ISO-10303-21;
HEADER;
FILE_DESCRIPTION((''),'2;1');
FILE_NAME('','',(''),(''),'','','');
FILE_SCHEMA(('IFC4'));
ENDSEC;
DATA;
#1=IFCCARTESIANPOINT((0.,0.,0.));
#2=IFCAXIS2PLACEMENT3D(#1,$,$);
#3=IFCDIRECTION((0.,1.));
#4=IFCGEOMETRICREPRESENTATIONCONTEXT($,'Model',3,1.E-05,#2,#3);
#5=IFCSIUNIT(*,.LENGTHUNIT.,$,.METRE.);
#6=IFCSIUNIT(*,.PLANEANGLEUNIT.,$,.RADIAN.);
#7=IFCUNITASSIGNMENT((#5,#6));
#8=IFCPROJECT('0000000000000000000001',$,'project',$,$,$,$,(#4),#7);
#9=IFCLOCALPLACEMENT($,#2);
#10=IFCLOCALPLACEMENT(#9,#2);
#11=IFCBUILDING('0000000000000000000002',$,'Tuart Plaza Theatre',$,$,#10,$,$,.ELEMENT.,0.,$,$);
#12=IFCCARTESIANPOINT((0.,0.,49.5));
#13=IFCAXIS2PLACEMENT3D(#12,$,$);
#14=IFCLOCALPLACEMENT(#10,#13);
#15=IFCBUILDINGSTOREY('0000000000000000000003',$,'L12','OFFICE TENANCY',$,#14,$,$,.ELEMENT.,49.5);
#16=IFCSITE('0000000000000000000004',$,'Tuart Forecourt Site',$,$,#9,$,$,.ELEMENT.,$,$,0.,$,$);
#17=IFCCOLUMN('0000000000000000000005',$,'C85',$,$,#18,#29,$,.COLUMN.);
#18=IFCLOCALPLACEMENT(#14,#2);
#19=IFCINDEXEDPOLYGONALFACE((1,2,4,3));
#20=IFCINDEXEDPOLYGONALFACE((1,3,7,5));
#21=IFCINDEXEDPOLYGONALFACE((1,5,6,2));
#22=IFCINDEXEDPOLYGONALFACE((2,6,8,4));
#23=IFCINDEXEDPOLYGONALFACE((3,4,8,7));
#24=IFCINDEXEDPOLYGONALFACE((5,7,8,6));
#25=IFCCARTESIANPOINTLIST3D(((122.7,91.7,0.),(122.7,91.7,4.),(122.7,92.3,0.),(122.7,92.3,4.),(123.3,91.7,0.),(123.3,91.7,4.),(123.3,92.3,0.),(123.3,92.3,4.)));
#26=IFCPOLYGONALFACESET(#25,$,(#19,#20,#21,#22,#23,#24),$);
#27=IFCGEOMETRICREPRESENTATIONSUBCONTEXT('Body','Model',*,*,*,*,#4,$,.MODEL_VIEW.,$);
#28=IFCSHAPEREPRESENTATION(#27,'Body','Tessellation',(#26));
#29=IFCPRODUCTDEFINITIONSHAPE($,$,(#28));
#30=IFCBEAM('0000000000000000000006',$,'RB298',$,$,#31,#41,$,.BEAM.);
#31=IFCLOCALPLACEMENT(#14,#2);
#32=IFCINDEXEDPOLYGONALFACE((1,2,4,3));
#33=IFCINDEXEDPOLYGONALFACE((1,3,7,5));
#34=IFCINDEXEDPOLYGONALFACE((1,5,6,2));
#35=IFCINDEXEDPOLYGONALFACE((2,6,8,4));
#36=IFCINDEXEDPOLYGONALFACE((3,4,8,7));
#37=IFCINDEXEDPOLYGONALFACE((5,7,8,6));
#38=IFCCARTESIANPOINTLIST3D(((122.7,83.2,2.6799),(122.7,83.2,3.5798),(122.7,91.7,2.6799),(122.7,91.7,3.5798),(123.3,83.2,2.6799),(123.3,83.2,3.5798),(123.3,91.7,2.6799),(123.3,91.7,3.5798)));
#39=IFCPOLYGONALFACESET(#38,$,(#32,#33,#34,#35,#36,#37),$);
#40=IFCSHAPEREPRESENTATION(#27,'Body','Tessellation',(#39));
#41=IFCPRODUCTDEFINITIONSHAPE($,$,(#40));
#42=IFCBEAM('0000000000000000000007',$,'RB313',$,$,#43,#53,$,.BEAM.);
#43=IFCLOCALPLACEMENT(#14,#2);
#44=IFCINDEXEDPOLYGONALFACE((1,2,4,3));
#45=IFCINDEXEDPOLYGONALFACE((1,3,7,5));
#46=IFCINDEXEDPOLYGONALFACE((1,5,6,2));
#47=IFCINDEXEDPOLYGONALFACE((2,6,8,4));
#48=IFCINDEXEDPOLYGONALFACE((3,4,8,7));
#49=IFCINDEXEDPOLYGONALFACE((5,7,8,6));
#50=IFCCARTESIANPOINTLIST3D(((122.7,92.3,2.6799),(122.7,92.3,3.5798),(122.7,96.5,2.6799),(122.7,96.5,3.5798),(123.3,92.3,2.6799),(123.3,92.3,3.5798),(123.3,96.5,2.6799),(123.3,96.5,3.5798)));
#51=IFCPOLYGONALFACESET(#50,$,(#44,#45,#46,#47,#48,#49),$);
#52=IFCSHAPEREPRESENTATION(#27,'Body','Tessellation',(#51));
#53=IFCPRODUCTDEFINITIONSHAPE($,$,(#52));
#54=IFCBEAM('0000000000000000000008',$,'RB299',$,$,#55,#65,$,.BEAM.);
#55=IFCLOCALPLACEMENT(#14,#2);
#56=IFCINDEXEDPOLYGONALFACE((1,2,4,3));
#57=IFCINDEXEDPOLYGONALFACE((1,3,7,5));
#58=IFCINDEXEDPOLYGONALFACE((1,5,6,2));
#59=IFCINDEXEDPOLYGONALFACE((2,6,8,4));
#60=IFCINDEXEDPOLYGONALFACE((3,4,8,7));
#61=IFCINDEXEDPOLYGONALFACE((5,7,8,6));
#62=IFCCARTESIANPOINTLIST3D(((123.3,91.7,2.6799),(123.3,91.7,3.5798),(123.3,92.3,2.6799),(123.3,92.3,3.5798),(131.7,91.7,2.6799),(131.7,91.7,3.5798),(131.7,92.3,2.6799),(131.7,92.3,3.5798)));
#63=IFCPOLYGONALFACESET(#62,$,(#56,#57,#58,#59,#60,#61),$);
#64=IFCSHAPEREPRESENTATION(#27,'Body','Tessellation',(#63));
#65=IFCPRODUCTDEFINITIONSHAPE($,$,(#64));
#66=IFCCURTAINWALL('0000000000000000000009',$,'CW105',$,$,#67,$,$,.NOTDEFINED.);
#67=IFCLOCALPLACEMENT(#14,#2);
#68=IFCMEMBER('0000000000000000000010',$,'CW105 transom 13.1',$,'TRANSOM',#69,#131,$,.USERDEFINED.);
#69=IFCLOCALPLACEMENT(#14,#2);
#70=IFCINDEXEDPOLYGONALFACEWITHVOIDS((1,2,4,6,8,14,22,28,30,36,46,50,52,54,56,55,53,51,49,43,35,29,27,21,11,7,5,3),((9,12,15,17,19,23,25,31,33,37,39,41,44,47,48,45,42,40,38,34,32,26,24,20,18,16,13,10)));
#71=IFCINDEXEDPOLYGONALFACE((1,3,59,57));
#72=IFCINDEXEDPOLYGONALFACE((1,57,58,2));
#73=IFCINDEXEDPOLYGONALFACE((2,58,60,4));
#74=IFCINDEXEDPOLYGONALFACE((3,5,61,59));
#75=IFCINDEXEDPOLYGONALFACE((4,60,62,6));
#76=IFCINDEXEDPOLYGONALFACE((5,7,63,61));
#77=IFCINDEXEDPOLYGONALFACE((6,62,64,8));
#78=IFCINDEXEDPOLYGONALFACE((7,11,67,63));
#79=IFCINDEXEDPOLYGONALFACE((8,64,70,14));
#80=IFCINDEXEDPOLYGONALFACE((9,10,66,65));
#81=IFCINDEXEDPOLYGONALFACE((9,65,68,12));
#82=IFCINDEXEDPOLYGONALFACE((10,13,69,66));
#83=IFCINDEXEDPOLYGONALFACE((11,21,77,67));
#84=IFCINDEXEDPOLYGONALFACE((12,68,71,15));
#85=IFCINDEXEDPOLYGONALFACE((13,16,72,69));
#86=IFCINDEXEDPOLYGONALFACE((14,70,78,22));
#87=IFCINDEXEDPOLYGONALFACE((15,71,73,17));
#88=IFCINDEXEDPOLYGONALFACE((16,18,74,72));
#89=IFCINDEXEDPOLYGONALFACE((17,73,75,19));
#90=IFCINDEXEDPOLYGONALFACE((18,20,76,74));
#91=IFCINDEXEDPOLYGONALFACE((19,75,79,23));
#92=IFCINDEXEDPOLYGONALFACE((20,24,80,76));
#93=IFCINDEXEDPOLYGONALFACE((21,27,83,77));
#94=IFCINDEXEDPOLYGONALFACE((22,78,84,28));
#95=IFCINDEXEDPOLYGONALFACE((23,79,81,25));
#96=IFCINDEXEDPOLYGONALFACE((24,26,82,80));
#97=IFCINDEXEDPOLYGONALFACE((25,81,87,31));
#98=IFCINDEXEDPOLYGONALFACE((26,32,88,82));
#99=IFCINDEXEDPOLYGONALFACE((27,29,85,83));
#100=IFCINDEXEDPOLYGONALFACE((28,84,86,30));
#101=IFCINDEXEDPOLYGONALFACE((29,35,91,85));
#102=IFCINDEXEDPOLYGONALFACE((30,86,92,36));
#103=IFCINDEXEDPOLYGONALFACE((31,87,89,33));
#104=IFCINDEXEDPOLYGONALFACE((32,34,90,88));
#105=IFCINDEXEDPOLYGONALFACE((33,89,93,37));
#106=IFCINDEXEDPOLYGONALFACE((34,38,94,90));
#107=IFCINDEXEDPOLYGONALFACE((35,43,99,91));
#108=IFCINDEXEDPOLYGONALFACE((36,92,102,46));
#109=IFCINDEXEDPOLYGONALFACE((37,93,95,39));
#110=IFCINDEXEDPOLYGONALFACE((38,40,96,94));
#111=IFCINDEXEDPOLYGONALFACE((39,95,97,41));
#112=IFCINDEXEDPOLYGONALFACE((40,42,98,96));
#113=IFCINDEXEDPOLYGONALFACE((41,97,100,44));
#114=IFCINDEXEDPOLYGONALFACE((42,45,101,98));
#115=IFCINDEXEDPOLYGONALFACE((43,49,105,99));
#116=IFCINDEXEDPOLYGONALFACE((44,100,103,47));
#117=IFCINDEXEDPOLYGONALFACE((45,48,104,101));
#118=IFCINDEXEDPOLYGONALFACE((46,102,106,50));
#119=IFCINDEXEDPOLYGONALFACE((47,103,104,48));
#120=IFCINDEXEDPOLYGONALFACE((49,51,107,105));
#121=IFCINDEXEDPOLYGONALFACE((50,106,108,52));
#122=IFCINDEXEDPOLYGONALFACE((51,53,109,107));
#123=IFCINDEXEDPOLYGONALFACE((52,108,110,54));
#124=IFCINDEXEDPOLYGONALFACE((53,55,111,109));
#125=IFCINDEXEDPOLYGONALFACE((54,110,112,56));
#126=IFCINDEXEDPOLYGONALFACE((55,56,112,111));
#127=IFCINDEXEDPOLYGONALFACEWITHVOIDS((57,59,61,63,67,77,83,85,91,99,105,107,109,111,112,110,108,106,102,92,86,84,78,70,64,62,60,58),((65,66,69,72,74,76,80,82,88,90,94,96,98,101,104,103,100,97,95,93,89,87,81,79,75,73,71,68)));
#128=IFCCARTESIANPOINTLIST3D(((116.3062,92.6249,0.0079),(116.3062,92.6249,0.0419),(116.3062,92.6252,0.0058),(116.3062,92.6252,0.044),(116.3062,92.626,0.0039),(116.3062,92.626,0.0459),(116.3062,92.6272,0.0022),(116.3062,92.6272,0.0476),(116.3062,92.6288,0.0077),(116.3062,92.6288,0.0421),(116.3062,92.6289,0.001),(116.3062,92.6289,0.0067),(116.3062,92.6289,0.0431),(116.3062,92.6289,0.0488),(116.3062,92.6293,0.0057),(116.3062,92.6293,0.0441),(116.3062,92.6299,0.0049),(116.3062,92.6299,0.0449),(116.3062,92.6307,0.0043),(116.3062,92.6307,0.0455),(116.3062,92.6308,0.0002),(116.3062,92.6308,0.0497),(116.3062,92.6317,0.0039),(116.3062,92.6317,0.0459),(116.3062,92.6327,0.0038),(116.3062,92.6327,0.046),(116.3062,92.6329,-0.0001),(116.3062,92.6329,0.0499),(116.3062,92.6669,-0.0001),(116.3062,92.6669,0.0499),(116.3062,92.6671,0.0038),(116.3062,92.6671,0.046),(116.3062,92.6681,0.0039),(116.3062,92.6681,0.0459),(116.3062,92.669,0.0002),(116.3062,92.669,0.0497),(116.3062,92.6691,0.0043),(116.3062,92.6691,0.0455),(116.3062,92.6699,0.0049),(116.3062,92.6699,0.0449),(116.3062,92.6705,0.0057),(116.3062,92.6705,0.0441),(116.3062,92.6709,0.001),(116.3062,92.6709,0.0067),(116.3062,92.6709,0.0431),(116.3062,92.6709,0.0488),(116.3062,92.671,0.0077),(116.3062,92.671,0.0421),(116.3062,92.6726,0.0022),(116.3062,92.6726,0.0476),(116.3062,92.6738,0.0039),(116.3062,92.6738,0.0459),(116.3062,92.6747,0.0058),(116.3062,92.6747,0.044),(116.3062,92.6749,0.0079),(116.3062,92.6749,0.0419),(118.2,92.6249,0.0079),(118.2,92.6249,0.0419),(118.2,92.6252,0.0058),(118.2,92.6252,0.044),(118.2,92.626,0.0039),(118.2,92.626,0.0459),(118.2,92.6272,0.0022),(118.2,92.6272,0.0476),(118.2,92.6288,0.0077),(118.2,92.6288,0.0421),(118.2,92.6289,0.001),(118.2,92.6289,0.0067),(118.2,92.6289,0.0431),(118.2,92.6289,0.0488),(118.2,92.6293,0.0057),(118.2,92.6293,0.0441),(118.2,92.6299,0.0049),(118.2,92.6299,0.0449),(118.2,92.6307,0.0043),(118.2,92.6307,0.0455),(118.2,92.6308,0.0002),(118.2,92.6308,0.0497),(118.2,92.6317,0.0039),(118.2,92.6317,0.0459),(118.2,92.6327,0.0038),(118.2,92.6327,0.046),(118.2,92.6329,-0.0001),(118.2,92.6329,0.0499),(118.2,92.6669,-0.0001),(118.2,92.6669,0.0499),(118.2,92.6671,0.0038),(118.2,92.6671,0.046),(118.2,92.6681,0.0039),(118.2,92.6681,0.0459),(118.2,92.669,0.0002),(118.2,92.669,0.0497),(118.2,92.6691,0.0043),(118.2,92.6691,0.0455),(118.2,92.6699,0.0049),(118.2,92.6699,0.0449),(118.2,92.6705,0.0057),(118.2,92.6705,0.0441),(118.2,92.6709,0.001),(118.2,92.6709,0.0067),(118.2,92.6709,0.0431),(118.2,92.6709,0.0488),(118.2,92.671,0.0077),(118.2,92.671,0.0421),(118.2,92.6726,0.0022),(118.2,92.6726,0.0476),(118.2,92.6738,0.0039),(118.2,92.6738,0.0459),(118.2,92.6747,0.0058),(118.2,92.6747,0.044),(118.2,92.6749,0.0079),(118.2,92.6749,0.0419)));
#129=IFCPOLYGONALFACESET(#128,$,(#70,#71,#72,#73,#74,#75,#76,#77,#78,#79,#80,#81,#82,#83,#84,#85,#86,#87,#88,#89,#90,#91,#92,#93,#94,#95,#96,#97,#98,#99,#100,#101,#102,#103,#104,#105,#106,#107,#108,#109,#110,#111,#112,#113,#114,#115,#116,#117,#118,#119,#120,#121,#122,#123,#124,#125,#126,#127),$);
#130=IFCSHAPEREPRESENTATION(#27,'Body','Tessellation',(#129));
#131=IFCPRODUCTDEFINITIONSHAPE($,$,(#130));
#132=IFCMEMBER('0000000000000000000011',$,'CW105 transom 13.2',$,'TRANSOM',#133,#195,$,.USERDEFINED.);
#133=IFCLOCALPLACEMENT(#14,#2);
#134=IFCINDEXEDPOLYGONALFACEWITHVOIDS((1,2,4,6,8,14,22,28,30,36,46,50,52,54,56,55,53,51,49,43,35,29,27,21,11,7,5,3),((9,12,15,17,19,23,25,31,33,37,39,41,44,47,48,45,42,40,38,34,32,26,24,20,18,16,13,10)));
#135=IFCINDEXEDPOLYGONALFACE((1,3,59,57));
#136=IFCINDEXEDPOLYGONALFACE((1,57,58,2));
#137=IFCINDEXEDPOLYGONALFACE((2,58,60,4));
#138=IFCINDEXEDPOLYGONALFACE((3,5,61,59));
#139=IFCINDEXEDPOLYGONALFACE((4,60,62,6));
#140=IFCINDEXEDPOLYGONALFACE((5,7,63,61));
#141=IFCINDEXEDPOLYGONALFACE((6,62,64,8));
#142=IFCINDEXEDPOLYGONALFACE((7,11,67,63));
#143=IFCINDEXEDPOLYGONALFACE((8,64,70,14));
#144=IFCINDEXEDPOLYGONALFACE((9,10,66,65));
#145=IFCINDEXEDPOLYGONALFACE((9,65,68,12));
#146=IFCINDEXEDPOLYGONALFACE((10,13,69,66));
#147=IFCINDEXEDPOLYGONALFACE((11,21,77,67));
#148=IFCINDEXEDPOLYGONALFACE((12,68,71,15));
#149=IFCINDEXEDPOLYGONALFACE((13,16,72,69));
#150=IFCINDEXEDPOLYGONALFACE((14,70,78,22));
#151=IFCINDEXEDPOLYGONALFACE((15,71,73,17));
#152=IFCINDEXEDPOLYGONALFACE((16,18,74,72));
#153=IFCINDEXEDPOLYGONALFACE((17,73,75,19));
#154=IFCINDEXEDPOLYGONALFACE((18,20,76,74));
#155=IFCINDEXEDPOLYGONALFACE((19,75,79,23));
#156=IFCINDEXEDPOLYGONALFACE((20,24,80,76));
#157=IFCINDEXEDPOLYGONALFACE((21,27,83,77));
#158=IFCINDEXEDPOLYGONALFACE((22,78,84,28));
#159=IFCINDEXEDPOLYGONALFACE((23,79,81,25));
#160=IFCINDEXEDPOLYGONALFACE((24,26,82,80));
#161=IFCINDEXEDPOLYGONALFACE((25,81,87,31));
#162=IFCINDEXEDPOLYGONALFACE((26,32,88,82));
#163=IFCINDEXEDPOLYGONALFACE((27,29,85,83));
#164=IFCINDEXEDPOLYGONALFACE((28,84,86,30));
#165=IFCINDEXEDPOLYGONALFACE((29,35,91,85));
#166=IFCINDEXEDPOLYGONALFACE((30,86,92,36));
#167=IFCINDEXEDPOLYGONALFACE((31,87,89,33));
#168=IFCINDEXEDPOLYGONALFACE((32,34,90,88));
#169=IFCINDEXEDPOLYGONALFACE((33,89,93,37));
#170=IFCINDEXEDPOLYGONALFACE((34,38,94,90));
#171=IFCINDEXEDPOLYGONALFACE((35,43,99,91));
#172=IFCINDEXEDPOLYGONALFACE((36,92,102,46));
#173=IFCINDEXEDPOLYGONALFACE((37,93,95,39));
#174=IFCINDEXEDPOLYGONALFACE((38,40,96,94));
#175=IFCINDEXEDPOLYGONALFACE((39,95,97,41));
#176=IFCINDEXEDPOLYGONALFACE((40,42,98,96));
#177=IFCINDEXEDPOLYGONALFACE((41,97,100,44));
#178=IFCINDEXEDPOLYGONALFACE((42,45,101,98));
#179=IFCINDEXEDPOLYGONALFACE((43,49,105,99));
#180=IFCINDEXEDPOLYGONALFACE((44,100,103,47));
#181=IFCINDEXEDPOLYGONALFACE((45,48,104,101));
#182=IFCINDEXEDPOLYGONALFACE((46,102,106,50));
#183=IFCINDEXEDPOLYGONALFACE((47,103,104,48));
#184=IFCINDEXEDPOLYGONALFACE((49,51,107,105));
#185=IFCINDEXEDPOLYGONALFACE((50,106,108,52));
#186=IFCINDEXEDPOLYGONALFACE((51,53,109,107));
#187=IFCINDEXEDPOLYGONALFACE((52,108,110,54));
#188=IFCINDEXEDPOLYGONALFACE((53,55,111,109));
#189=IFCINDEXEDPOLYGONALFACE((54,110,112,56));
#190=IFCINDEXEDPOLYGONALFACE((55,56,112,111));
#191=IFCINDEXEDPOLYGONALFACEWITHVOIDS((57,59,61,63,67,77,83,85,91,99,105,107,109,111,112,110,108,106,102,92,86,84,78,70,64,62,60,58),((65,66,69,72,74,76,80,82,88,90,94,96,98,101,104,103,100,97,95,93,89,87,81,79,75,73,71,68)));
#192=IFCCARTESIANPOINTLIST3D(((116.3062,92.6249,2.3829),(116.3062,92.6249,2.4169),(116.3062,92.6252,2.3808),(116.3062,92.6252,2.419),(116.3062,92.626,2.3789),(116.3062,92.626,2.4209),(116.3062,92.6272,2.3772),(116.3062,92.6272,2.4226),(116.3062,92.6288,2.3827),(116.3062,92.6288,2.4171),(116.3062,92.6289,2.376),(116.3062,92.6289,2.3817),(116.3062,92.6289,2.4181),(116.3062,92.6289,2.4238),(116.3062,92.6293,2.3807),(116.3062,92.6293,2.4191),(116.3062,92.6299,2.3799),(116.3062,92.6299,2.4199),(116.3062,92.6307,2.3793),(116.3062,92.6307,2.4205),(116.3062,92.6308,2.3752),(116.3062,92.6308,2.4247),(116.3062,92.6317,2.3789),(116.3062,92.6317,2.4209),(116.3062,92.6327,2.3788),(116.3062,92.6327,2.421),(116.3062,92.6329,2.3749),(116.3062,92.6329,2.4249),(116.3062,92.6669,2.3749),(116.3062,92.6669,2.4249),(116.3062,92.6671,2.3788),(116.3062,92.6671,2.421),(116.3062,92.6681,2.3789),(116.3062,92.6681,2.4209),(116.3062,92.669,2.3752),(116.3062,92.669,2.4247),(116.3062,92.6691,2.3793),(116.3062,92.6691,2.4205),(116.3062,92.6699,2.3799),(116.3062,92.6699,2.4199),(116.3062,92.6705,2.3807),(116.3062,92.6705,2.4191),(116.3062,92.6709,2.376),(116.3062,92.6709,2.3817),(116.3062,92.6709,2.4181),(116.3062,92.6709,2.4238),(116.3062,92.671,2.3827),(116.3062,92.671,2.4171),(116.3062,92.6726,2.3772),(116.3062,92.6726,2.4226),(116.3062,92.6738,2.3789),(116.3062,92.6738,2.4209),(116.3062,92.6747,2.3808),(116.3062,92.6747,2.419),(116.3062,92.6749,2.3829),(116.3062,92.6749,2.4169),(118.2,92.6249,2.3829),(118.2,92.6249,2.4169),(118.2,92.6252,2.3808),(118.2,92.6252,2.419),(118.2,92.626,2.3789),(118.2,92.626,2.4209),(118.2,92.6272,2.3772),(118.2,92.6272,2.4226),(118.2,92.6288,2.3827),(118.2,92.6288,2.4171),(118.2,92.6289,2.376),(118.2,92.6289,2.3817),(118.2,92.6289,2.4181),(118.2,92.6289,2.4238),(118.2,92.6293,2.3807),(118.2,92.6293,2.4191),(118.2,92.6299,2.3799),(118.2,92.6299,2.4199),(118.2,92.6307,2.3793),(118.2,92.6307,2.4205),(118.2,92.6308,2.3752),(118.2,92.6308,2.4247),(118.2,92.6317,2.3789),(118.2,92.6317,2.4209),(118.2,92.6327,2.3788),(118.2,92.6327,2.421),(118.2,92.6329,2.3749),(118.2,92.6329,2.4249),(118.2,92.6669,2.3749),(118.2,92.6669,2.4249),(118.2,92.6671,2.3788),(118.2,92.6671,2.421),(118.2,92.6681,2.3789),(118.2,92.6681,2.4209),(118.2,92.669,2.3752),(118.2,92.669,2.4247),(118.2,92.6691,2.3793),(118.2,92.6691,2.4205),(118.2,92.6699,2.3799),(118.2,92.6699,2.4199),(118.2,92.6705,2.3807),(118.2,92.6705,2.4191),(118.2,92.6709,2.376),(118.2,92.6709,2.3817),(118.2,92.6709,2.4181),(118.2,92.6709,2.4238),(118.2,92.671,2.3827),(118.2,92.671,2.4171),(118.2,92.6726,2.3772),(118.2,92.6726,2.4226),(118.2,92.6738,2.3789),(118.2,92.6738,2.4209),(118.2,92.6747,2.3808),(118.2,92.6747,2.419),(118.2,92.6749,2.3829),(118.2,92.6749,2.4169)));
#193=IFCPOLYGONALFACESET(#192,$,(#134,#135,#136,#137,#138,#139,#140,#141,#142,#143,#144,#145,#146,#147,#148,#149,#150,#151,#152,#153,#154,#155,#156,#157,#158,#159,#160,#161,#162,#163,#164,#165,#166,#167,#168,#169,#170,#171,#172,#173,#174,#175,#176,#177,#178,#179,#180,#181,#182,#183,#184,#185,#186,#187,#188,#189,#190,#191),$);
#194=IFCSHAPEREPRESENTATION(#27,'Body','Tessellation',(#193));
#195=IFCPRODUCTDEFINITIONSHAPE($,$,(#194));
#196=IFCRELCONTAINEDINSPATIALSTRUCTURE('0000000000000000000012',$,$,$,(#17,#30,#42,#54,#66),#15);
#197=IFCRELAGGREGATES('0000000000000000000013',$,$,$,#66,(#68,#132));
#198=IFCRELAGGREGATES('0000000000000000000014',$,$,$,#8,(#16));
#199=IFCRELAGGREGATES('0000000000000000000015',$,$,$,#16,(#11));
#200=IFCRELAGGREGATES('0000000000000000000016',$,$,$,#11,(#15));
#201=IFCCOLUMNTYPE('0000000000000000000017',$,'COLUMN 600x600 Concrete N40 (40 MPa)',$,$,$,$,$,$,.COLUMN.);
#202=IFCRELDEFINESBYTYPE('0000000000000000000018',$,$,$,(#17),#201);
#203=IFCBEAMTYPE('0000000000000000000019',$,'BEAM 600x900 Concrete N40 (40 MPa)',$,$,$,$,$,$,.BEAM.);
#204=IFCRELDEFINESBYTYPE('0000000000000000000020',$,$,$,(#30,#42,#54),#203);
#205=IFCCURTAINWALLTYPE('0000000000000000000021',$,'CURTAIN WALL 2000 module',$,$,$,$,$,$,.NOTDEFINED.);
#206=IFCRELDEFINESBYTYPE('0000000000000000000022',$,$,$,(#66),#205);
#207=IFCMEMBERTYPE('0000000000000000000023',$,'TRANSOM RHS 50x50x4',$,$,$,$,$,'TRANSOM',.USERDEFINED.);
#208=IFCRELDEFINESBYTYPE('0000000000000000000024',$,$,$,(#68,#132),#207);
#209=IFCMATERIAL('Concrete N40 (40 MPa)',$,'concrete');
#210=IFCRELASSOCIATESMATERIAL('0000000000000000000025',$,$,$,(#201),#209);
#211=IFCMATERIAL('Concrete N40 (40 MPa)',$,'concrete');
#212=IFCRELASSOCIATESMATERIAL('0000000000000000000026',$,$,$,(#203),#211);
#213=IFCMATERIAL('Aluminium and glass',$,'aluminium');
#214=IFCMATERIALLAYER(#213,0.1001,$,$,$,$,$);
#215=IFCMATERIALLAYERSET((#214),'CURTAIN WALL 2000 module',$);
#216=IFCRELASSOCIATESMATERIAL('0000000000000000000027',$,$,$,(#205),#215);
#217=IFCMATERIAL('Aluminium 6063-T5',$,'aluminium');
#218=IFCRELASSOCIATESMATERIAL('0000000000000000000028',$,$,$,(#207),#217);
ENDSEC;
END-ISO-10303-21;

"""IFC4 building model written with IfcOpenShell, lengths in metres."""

from ifc_helpers import new_model, si_unit, direction, frame, origin, origin_2d, place, context, subcontext, project, spatial, rectangle, hollow_rectangle, extrude, material, layer, layer_set, material_profile, profile_set, type_object, element, aggregate, save


model = new_model("IFC4")

# Units and contexts
model_context = context("Model", 3, precision=1e-05, world=origin(), true_north=direction((0.0, 1.0)))
body_context = subcontext(model_context, "Body", "Model", "MODEL_VIEW")
ifc_project = project(units=[si_unit("LENGTHUNIT", "METRE"), si_unit("PLANEANGLEUNIT", "RADIAN")], contexts=[model_context])

# Site, building, storey
site_placement = place(None, origin())
site = spatial("IfcSite", under=ifc_project, at=site_placement, Name="Tuart Forecourt Site", CompositionType="ELEMENT", RefElevation=0.0)
building_placement = place(site_placement, origin())
building = spatial("IfcBuilding", under=site, at=building_placement, Name="Tuart Plaza Theatre", CompositionType="ELEMENT", ElevationOfRefHeight=0.0)
storey_placement = place(building_placement, frame((0.0, 0.0, 49.5)))
storey = spatial("IfcBuildingStorey", under=building, at=storey_placement, Name="L12", Description="OFFICE TENANCY", CompositionType="ELEMENT", Elevation=49.5)

# Column
ifc_material_1 = material(Name="Concrete N40 (40 MPa)", Category="concrete")
ifc_material_profile_1 = material_profile(ifc_material_1, rectangle(XDim=0.6001, YDim=0.6001, at=origin_2d()), Name="COLUMN 600x600 Concrete N40 (40 MPa)")
ifc_profile_set_1 = profile_set([ifc_material_profile_1], Name="Concrete N40 (40 MPa)")
column_type = type_object("IfcColumnType", Name="COLUMN 600x600 Concrete N40 (40 MPa)", PredefinedType="COLUMN", material=ifc_profile_set_1)
column_placement = place(storey_placement, frame((123.0, 92.0, 0.0), z_axis=(0.0, 0.0, 1.0), x_axis=(1.0, 0.0, 0.0)))
element("IfcColumn", 1, at=column_placement, inside=storey, type_object=column_type, Name="C85", PredefinedType="COLUMN", context=body_context, shape_type="SweptSolid", body=[
    extrude(rectangle(XDim=0.6001, YDim=0.6001, at=origin_2d()), origin(), (0.0, 0.0, 1.0), 4.0),
])

# Beams
ifc_material_2 = material(Name="Concrete N40 (40 MPa)", Category="concrete")
ifc_material_profile_2 = material_profile(ifc_material_2, rectangle(XDim=0.6001, YDim=0.8999, at=origin_2d()), Name="BEAM 600x900 Concrete N40 (40 MPa)")
ifc_profile_set_2 = profile_set([ifc_material_profile_2], Name="Concrete N40 (40 MPa)")
beam_type = type_object("IfcBeamType", Name="BEAM 600x900 Concrete N40 (40 MPa)", PredefinedType="BEAM", material=ifc_profile_set_2)
beam_1_placement = place(storey_placement, frame((123.0, 83.2, 3.1299), z_axis=(0.0, 1.0, 0.0), x_axis=(-1.0, 0.0, 0.0)))
element("IfcBeam", 2, at=beam_1_placement, inside=storey, type_object=beam_type, Name="RB298", PredefinedType="BEAM", context=body_context, shape_type="SweptSolid", body=[
    extrude(rectangle(XDim=0.6001, YDim=0.8999, at=origin_2d()), origin(), (0.0, 0.0, 1.0), 8.5),
])
beam_2_placement = place(storey_placement, frame((123.0, 92.3, 3.1299), z_axis=(0.0, 1.0, 0.0), x_axis=(-1.0, 0.0, 0.0)))
element("IfcBeam", 3, at=beam_2_placement, inside=storey, type_object=beam_type, Name="RB313", PredefinedType="BEAM", context=body_context, shape_type="SweptSolid", body=[
    extrude(rectangle(XDim=0.6001, YDim=0.8999, at=origin_2d()), origin(), (0.0, 0.0, 1.0), 4.2),
])
beam_3_placement = place(storey_placement, frame((123.3, 92.0, 3.1299), z_axis=(1.0, 0.0, 0.0), x_axis=(0.0, 1.0, 0.0)))
element("IfcBeam", 4, at=beam_3_placement, inside=storey, type_object=beam_type, Name="RB299", PredefinedType="BEAM", context=body_context, shape_type="SweptSolid", body=[
    extrude(rectangle(XDim=0.6001, YDim=0.8999, at=origin_2d()), origin(), (0.0, 0.0, 1.0), 8.3999),
])

# Curtain wall, members
ifc_material_3 = material(Name="Aluminium and glass", Category="aluminium")
ifc_layer_1 = layer(ifc_material_3, 0.1001)
ifc_layer_set_1 = layer_set([ifc_layer_1], Name="CURTAIN WALL 2000 module")
curtain_wall_type = type_object("IfcCurtainWallType", Name="CURTAIN WALL 2000 module", PredefinedType="NOTDEFINED", material=ifc_layer_set_1)
curtain_wall_placement = place(storey_placement, origin())
curtain_wall = element("IfcCurtainWall", 5, at=curtain_wall_placement, inside=storey, type_object=curtain_wall_type, Name="CW105", PredefinedType="NOTDEFINED")
ifc_material_4 = material(Name="Aluminium 6063-T5", Category="aluminium")
ifc_material_profile_3 = material_profile(ifc_material_4, hollow_rectangle(XDim=0.05, YDim=0.05, WallThickness=0.0039, InnerFilletRadius=0.0039, OuterFilletRadius=0.0081, at=origin_2d()), Name="RHS 50x50x4")
ifc_profile_set_3 = profile_set([ifc_material_profile_3], Name="Aluminium 6063-T5")
member_type = type_object("IfcMemberType", Name="TRANSOM RHS 50x50x4", ElementType="TRANSOM", PredefinedType="USERDEFINED", material=ifc_profile_set_3)
member_1_placement = place(storey_placement, frame((118.2, 92.6499, 0.0249), z_axis=(-1.0, 0.0, 0.0), x_axis=(0.0, -1.0, 0.0)))
member_1 = element("IfcMember", 6, at=member_1_placement, type_object=member_type, Name="CW105 transom 13.1", ObjectType="TRANSOM", PredefinedType="USERDEFINED", context=body_context, shape_type="SweptSolid", body=[
    extrude(hollow_rectangle(XDim=0.05, YDim=0.05, WallThickness=0.0039, InnerFilletRadius=0.0039, OuterFilletRadius=0.0081, at=origin_2d()), origin(), (0.0, 0.0, 1.0), 1.8938),
])
member_2_placement = place(storey_placement, frame((118.2, 92.6499, 2.3999), z_axis=(-1.0, 0.0, 0.0), x_axis=(0.0, -1.0, 0.0)))
member_2 = element("IfcMember", 7, at=member_2_placement, type_object=member_type, Name="CW105 transom 13.2", ObjectType="TRANSOM", PredefinedType="USERDEFINED", context=body_context, shape_type="SweptSolid", body=[
    extrude(hollow_rectangle(XDim=0.05, YDim=0.05, WallThickness=0.0039, InnerFilletRadius=0.0039, OuterFilletRadius=0.0081, at=origin_2d()), origin(), (0.0, 0.0, 1.0), 1.8938),
])
aggregate(curtain_wall, [member_1, member_2])

save(model, "model.ifc")
